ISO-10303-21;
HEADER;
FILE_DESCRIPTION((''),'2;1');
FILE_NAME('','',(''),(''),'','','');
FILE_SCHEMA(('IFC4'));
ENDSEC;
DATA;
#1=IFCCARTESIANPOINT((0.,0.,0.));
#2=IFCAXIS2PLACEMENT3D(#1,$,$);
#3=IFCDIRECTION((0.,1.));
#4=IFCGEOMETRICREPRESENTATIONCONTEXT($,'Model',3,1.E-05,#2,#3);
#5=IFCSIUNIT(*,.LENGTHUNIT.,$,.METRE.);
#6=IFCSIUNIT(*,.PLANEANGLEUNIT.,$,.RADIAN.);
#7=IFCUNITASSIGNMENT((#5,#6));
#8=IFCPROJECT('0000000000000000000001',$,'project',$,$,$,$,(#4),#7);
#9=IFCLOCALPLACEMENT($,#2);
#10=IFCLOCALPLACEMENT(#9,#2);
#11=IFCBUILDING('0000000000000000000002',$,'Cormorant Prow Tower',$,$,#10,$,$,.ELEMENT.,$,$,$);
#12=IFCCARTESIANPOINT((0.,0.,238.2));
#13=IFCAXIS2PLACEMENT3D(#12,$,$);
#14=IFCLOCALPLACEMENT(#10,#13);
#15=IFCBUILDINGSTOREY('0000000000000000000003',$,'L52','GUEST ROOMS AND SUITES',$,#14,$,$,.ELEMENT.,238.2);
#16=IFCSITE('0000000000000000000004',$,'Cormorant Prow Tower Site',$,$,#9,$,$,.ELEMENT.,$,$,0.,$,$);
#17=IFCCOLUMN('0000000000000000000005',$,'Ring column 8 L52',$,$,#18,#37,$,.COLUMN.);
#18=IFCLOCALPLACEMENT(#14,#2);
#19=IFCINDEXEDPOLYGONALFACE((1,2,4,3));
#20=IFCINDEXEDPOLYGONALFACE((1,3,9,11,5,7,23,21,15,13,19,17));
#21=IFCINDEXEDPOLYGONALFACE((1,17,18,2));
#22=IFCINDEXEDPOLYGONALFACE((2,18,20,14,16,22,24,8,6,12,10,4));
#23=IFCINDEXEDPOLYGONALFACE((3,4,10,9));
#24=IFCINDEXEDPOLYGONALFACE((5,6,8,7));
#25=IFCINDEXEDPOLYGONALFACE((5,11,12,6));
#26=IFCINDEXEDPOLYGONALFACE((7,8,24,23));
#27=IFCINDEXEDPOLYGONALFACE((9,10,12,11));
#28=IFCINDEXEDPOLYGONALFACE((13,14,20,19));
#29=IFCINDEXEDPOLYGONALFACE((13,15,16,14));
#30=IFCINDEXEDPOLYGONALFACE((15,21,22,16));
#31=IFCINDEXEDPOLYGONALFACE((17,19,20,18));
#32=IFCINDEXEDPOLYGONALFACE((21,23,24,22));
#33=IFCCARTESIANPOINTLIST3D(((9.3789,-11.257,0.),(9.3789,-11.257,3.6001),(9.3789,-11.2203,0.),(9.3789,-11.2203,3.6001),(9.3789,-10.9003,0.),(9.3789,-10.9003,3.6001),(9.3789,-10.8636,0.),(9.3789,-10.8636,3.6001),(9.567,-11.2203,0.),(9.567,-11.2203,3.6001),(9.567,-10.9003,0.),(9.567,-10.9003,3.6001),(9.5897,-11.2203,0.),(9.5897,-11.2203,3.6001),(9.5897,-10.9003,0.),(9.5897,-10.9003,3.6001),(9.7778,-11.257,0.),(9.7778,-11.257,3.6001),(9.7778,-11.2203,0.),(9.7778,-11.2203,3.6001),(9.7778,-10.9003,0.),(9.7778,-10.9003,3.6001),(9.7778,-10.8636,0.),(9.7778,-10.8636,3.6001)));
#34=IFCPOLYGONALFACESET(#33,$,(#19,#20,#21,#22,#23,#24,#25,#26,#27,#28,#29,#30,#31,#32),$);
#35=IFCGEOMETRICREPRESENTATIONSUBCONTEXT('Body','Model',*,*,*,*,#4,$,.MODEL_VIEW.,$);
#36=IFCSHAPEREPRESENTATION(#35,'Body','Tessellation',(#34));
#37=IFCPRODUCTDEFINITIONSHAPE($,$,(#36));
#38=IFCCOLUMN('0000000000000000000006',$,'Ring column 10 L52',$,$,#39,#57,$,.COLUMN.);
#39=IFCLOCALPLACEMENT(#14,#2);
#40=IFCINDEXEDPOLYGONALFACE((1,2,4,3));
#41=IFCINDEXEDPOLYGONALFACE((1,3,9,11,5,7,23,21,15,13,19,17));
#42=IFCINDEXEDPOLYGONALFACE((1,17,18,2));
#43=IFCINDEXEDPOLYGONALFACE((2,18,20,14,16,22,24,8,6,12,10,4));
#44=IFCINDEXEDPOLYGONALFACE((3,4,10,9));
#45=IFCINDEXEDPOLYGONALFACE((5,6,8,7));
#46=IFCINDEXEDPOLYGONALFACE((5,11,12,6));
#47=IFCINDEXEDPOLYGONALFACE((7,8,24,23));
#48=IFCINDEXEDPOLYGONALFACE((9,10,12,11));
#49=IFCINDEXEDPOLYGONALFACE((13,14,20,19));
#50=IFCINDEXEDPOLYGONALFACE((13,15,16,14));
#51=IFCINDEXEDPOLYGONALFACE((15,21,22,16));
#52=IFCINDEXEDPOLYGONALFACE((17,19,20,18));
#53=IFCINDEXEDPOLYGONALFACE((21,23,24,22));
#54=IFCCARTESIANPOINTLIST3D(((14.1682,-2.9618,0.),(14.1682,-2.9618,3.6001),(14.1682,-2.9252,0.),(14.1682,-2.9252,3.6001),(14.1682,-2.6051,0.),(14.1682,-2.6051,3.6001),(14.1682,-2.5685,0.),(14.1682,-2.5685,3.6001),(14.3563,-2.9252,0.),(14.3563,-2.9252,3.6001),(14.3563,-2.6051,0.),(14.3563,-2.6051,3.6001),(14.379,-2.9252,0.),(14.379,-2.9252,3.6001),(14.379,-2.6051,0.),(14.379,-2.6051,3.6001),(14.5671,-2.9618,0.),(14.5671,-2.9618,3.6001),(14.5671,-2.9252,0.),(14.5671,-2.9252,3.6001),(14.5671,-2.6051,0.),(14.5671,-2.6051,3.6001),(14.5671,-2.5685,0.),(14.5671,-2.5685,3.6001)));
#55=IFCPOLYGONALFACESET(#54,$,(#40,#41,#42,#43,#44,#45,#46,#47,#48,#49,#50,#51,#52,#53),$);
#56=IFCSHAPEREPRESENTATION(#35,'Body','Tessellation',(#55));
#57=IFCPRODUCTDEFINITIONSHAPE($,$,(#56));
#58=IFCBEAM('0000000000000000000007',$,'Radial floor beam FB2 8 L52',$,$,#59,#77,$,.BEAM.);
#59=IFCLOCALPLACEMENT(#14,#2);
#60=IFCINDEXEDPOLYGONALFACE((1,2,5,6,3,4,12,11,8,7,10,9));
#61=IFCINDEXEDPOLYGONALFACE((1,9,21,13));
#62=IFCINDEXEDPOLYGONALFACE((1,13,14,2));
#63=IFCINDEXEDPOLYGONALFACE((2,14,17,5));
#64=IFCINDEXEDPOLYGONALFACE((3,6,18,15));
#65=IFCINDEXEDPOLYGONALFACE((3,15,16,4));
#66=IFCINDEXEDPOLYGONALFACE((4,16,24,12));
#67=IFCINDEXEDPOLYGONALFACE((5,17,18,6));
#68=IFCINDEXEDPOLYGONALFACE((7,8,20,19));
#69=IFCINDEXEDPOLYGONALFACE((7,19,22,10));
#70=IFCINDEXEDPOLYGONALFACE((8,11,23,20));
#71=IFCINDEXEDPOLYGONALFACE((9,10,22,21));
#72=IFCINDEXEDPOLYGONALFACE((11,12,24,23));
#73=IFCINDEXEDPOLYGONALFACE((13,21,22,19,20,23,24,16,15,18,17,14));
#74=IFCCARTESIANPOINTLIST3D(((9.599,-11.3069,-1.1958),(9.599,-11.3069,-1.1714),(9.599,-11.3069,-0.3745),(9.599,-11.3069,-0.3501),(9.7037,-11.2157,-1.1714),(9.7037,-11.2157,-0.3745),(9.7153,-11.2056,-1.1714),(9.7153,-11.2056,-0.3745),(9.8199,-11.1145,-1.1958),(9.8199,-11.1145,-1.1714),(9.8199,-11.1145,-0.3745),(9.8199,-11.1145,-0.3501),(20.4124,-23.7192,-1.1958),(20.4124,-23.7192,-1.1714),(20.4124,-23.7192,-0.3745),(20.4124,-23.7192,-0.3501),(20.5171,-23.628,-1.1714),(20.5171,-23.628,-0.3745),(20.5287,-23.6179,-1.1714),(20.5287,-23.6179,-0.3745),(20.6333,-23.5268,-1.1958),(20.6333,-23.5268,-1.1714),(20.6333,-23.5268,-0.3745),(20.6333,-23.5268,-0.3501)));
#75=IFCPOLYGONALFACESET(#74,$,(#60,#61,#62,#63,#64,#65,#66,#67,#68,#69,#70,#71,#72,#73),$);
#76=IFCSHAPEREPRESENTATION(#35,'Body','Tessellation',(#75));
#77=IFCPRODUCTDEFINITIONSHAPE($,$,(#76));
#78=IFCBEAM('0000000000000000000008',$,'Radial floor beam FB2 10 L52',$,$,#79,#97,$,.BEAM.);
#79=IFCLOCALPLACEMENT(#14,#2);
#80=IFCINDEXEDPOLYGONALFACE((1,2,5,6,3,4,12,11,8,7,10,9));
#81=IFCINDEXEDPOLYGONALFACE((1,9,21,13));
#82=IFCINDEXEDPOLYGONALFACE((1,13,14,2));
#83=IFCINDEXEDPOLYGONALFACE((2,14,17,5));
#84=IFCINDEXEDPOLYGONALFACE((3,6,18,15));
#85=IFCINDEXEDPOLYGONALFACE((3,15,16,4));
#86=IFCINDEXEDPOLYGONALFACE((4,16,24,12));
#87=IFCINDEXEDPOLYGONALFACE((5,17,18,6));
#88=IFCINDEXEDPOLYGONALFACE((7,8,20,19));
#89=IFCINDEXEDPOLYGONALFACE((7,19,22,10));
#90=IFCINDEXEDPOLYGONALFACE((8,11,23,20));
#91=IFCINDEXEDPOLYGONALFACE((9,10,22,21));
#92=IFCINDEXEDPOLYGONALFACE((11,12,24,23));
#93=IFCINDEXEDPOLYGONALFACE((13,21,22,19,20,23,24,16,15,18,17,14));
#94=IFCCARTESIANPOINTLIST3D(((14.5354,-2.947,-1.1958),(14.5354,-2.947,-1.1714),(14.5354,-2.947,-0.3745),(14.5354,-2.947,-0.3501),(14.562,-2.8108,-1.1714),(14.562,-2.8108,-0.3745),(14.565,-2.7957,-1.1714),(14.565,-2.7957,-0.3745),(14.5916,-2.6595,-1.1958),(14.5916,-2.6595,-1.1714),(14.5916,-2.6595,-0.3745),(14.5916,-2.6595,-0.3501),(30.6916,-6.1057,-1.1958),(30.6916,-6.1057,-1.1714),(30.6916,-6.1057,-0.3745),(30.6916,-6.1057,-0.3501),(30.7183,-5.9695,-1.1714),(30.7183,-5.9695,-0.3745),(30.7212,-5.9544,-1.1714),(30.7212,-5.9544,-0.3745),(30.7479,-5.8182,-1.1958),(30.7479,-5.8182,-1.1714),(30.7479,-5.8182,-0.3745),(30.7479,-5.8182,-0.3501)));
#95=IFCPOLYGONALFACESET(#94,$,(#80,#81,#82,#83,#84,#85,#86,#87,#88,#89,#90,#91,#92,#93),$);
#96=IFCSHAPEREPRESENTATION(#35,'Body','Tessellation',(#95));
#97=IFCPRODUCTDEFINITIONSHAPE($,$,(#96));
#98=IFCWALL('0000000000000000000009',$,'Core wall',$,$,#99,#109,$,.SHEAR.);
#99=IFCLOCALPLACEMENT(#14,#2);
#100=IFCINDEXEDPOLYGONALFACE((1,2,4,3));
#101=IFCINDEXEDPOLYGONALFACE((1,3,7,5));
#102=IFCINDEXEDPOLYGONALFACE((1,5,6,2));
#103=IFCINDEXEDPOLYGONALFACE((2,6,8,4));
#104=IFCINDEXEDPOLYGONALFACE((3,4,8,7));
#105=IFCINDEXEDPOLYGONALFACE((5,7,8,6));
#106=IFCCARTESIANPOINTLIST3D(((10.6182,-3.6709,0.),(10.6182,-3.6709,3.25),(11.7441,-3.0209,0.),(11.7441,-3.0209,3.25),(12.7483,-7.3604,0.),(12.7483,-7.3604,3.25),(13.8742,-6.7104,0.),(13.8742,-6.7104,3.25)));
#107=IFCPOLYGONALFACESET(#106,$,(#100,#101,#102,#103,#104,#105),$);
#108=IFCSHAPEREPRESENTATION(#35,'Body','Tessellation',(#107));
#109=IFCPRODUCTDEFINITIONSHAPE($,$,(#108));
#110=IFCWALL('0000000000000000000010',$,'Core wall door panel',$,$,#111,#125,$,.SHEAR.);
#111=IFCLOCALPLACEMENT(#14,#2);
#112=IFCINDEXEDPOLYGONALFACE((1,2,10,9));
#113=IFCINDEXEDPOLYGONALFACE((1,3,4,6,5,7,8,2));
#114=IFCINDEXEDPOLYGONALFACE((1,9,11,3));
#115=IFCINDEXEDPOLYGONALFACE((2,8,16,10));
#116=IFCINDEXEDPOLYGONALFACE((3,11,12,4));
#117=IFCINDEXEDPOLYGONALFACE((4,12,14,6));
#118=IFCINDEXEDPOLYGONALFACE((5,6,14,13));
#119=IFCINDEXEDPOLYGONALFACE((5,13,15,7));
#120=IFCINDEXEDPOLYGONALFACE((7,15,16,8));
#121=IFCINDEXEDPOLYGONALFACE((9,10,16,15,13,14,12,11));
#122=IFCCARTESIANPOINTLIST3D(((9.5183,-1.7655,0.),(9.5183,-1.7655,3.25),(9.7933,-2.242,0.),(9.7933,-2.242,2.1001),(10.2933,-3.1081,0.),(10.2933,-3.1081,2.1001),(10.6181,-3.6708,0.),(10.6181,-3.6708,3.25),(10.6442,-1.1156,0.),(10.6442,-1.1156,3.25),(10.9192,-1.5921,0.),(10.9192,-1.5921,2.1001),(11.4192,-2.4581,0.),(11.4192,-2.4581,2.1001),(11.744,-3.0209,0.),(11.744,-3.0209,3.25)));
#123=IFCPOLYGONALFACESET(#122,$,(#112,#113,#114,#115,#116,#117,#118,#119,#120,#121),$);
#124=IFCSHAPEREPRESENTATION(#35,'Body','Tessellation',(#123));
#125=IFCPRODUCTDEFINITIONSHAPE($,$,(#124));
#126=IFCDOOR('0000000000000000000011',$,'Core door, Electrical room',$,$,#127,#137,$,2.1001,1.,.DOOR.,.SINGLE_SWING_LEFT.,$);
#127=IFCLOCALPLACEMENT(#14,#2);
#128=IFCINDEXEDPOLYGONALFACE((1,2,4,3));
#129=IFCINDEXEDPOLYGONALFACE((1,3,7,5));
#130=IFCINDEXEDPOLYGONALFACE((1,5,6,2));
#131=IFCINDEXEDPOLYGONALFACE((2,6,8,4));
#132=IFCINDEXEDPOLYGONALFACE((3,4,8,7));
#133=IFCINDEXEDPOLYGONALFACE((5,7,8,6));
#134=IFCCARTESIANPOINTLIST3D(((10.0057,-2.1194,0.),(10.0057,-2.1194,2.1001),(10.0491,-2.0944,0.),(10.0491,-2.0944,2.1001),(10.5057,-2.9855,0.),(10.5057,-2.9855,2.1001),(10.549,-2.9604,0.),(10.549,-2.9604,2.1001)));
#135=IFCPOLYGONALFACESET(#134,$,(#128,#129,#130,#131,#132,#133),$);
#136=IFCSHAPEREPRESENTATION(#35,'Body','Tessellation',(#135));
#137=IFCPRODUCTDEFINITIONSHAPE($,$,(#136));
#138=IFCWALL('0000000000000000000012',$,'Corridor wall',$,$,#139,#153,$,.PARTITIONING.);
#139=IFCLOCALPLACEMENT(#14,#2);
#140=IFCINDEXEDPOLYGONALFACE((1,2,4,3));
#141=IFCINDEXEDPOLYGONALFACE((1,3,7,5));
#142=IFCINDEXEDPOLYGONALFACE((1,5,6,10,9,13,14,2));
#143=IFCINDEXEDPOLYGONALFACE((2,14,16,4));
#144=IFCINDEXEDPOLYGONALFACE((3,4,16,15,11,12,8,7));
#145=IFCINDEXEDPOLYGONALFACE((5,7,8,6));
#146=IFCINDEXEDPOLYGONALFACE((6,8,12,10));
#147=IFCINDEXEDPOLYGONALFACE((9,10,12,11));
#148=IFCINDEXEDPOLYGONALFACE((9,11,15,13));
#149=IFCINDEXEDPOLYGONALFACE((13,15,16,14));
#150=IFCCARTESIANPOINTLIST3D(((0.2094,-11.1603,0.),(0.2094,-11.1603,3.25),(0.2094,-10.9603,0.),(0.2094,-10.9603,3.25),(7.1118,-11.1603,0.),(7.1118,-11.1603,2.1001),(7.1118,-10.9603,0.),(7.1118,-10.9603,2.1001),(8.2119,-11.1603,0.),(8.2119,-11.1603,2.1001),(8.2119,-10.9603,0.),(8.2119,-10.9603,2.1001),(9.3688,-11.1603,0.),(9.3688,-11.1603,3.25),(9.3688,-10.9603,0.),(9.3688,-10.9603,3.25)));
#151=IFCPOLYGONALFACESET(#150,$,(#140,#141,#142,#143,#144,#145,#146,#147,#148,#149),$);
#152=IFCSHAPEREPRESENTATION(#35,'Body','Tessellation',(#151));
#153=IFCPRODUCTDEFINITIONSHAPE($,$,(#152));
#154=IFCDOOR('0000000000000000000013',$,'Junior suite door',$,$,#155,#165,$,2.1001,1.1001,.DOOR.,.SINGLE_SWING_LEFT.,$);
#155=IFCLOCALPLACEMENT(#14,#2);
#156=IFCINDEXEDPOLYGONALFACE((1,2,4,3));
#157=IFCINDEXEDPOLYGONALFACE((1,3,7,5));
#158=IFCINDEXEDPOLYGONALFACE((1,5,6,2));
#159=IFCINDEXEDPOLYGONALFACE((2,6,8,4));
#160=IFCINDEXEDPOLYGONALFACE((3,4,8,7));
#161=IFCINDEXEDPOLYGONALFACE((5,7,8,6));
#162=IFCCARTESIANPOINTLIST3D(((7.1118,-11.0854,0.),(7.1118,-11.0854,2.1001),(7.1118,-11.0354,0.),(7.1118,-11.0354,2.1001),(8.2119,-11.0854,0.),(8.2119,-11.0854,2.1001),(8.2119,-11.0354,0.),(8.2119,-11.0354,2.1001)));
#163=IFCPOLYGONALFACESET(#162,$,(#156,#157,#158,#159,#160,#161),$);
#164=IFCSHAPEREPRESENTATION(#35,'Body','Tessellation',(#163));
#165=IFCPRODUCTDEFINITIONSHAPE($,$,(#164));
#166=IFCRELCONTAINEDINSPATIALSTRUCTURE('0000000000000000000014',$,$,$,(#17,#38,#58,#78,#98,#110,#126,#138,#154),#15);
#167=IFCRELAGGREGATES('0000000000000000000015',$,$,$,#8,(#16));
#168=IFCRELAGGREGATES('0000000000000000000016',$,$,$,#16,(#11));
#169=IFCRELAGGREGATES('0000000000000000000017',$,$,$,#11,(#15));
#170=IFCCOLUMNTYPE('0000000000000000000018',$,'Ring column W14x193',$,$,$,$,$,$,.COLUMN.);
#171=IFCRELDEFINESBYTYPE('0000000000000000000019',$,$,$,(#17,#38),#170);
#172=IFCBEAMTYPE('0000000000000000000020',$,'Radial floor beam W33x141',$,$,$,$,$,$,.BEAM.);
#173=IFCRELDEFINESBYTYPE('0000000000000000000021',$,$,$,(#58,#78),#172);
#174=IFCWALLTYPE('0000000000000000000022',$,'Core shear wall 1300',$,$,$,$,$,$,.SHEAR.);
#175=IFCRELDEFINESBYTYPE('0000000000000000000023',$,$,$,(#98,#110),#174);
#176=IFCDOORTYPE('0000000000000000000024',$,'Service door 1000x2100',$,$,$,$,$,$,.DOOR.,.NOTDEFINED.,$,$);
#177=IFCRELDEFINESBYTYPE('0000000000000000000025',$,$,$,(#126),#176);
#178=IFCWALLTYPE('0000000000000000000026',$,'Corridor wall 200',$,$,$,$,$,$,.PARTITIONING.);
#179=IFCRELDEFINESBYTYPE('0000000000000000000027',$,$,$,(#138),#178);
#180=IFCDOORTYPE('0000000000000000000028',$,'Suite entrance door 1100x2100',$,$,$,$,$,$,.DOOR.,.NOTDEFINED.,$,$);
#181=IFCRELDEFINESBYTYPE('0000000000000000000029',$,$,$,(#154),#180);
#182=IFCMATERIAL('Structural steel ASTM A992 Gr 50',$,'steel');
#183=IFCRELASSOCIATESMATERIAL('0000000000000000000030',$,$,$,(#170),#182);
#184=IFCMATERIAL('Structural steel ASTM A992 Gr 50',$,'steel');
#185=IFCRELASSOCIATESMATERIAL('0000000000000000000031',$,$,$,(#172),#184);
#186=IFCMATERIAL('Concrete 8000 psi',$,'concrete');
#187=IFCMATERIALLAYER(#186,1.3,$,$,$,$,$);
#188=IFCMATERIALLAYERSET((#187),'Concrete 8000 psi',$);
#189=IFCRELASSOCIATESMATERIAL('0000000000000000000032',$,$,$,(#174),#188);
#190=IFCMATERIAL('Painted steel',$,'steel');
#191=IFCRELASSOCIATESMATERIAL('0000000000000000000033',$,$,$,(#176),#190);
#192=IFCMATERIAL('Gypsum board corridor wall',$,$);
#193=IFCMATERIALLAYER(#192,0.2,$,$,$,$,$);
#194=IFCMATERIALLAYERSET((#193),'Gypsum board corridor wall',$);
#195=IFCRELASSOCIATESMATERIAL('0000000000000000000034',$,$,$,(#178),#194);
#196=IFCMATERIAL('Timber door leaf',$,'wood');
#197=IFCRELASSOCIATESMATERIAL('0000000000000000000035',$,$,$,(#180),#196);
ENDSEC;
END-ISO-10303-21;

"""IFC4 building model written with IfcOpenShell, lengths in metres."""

from ifc_helpers import new_model, si_unit, direction, frame, frame_2d, origin, origin_2d, place, context, subcontext, project, spatial, rectangle, i_section, extrude, material, layer, layer_set, material_profile, profile_set, type_object, element, fill, save


model = new_model("IFC4")

# Units and contexts
model_context = context("Model", 3, precision=1e-05, world=origin(), true_north=direction((0.0, 1.0)))
body_context = subcontext(model_context, "Body", "Model", "MODEL_VIEW")
ifc_project = project(units=[si_unit("LENGTHUNIT", "METRE"), si_unit("PLANEANGLEUNIT", "RADIAN")], contexts=[model_context])

# Site, building, storey
site_placement = place(None, origin())
site = spatial("IfcSite", under=ifc_project, at=site_placement, Name="Cormorant Prow Tower Site", CompositionType="ELEMENT", RefElevation=0.0)
building_placement = place(site_placement, origin())
building = spatial("IfcBuilding", under=site, at=building_placement, Name="Cormorant Prow Tower", CompositionType="ELEMENT")
storey_placement = place(building_placement, frame((0.0, 0.0, 238.2)))
storey = spatial("IfcBuildingStorey", under=building, at=storey_placement, Name="L52", Description="GUEST ROOMS AND SUITES", CompositionType="ELEMENT", Elevation=238.2)

# Columns
ifc_material_1 = material(Name="Structural steel ASTM A992 Gr 50", Category="steel")
ifc_material_profile_1 = material_profile(ifc_material_1, i_section(OverallWidth=0.3989, OverallDepth=0.3933, WebThickness=0.0227, FlangeThickness=0.0366, at=origin_2d()), Name="W14x193")
ifc_profile_set_1 = profile_set([ifc_material_profile_1], Name="Structural steel ASTM A992 Gr 50")
column_type = type_object("IfcColumnType", Name="Ring column W14x193", PredefinedType="COLUMN", material=ifc_profile_set_1)
for number, where, z_axis, x_axis, name in (
    (1, (9.5784, -11.0603, 0.0), (0.0, 0.0, 1.0), (1.0, 0.0, 0.0), "Ring column 8 L52"),
    (2, (14.3677, -2.7651, 0.0), (0.0, 0.0, 1.0), (1.0, 0.0, 0.0), "Ring column 10 L52"),
):
    element("IfcColumn", number, at=place(storey_placement, frame(where, z_axis=z_axis, x_axis=x_axis)), inside=storey, type_object=column_type, Name=name, PredefinedType="COLUMN", context=body_context, shape_type="SweptSolid", body=[
        extrude(i_section(OverallWidth=0.3989, OverallDepth=0.3933, WebThickness=0.0227, FlangeThickness=0.0366, at=origin_2d()), origin(), (0.0, 0.0, 1.0), 3.6001),
    ])

# Beams
ifc_material_2 = material(Name="Structural steel ASTM A992 Gr 50", Category="steel")
ifc_material_profile_2 = material_profile(ifc_material_2, i_section(OverallWidth=0.293, OverallDepth=0.8457, WebThickness=0.0154, FlangeThickness=0.0244, at=origin_2d()), Name="W33x141")
ifc_profile_set_2 = profile_set([ifc_material_profile_2], Name="Structural steel ASTM A992 Gr 50")
beam_type = type_object("IfcBeamType", Name="Radial floor beam W33x141", PredefinedType="BEAM", material=ifc_profile_set_2)
beam_1_placement = place(storey_placement, frame((9.7095, -11.2107, -0.7729), z_axis=(0.656875, -0.754, 0.0), x_axis=(0.754, 0.656875, 0.0)))
element("IfcBeam", 3, at=beam_1_placement, inside=storey, type_object=beam_type, Name="Radial floor beam FB2 8 L52", PredefinedType="BEAM", context=body_context, shape_type="SweptSolid", body=[
    extrude(i_section(OverallWidth=0.293, OverallDepth=0.8457, WebThickness=0.0154, FlangeThickness=0.0244, at=origin_2d()), origin(), (0.0, 0.0, 1.0), 16.4619),
])
beam_2_placement = place(storey_placement, frame((14.5635, -2.8032, -0.7729), z_axis=(0.981419, -0.191876, 0.0), x_axis=(0.191876, 0.981419, 0.0)))
element("IfcBeam", 4, at=beam_2_placement, inside=storey, type_object=beam_type, Name="Radial floor beam FB2 10 L52", PredefinedType="BEAM", context=body_context, shape_type="SweptSolid", body=[
    extrude(i_section(OverallWidth=0.293, OverallDepth=0.8457, WebThickness=0.0154, FlangeThickness=0.0244, at=origin_2d()), origin(), (0.0, 0.0, 1.0), 16.4622),
])

# Wall
ifc_material_3 = material(Name="Concrete 8000 psi", Category="concrete")
ifc_layer_1 = layer(ifc_material_3, 1.3)
ifc_layer_set_1 = layer_set([ifc_layer_1], Name="Concrete 8000 psi")
wall_type_1 = type_object("IfcWallType", Name="Core shear wall 1300", PredefinedType="SHEAR", material=ifc_layer_set_1)
wall_1_placement = place(storey_placement, frame((13.3113, -7.0354, 0.0), z_axis=(0.0, 0.0, 1.0), x_axis=(-0.500004, 0.866023, 0.0)))
element("IfcWall", 5, at=wall_1_placement, inside=storey, type_object=wall_type_1, Name="Core wall", PredefinedType="SHEAR", context=body_context, shape_type="SweptSolid", body=[
    extrude(rectangle(XDim=4.2603, YDim=1.3, at=frame_2d((2.1301, 0.0))), origin(), (0.0, 0.0, 1.0), 3.25),
])

# Walls, openings, doors
wall_2_placement = place(storey_placement, frame((11.1812, -3.3459, 0.0), z_axis=(0.0, 0.0, 1.0), x_axis=(-0.499947, 0.866056, 0.0)))
wall_2 = element("IfcWall", 6, at=wall_2_placement, inside=storey, type_object=wall_type_1, Name="Core wall door panel", PredefinedType="SHEAR", context=body_context, shape_type="SweptSolid", body=[
    extrude(rectangle(XDim=2.2, YDim=1.3, at=frame_2d((1.1001, 0.0))), origin(), (0.0, 0.0, 1.0), 3.25),
])
opening_1_placement = place(wall_2_placement, frame((0.6499, 0.0, 0.0)))
opening_1 = element("IfcOpeningElement", 7, at=opening_1_placement, cuts=wall_2, PredefinedType="OPENING", context=body_context, shape_type="SweptSolid", body=[
    extrude(rectangle(XDim=1.0, YDim=2.1001, at=frame_2d((0.5, 1.05))), frame((0.0, 0.6599, 0.0), z_axis=(0.0, -1.0, 0.0), x_axis=(1.0, 0.0, 0.0)), (0.0, 0.0, 1.0), 1.3201),
])
ifc_material_4 = material(Name="Painted steel", Category="steel")
door_type_1 = type_object("IfcDoorType", Name="Service door 1000x2100", OperationType="NOTDEFINED", PredefinedType="DOOR", material=ifc_material_4)
door_1_placement = place(opening_1_placement, origin())
door_1 = element("IfcDoor", 8, at=door_1_placement, inside=storey, type_object=door_type_1, Name="Core door, Electrical room", OperationType="SINGLE_SWING_LEFT", OverallHeight=2.1001, OverallWidth=1.0, PredefinedType="DOOR", context=body_context, shape_type="SweptSolid", body=[
    extrude(rectangle(XDim=1.0, YDim=2.1001, at=frame_2d((0.5, 1.05))), frame((0.0, 0.4048, 0.0), z_axis=(0.0, -1.0, 0.0), x_axis=(1.0, 0.0, 0.0)), (0.0, 0.0, 1.0), 0.05),
])
fill(opening_1, door_1)
ifc_material_5 = material(Name="Gypsum board corridor wall")
ifc_layer_2 = layer(ifc_material_5, 0.2)
ifc_layer_set_2 = layer_set([ifc_layer_2], Name="Gypsum board corridor wall")
wall_type_2 = type_object("IfcWallType", Name="Corridor wall 200", PredefinedType="PARTITIONING", material=ifc_layer_set_2)
wall_3_placement = place(storey_placement, frame((0.2095, -11.0603, 0.0), z_axis=(0.0, 0.0, 1.0), x_axis=(1.0, 0.0, 0.0)))
wall_3 = element("IfcWall", 9, at=wall_3_placement, inside=storey, type_object=wall_type_2, Name="Corridor wall", PredefinedType="PARTITIONING", context=body_context, shape_type="SweptSolid", body=[
    extrude(rectangle(XDim=9.1594, YDim=0.2, at=frame_2d((4.5796, 0.0))), origin(), (0.0, 0.0, 1.0), 3.25),
])
opening_2_placement = place(wall_3_placement, frame((6.9023, 0.0, 0.0)))
opening_2 = element("IfcOpeningElement", 10, at=opening_2_placement, cuts=wall_3, PredefinedType="OPENING", context=body_context, shape_type="SweptSolid", body=[
    extrude(rectangle(XDim=1.1001, YDim=2.1001, at=frame_2d((0.55, 1.05))), frame((0.0, 0.1099, 0.0), z_axis=(0.0, -1.0, 0.0), x_axis=(1.0, 0.0, 0.0)), (0.0, 0.0, 1.0), 0.22),
])
ifc_material_6 = material(Name="Timber door leaf", Category="wood")
door_type_2 = type_object("IfcDoorType", Name="Suite entrance door 1100x2100", OperationType="NOTDEFINED", PredefinedType="DOOR", material=ifc_material_6)
door_2_placement = place(opening_2_placement, origin())
door_2 = element("IfcDoor", 11, at=door_2_placement, inside=storey, type_object=door_type_2, Name="Junior suite door", OperationType="SINGLE_SWING_LEFT", OverallHeight=2.1001, OverallWidth=1.1001, PredefinedType="DOOR", context=body_context, shape_type="SweptSolid", body=[
    extrude(rectangle(XDim=1.1001, YDim=2.1001, at=frame_2d((0.55, 1.05))), frame((0.0, 0.0249, 0.0), z_axis=(0.0, -1.0, 0.0), x_axis=(1.0, 0.0, 0.0)), (0.0, 0.0, 1.0), 0.05),
])
fill(opening_2, door_2)

save(model, "model.ifc")
